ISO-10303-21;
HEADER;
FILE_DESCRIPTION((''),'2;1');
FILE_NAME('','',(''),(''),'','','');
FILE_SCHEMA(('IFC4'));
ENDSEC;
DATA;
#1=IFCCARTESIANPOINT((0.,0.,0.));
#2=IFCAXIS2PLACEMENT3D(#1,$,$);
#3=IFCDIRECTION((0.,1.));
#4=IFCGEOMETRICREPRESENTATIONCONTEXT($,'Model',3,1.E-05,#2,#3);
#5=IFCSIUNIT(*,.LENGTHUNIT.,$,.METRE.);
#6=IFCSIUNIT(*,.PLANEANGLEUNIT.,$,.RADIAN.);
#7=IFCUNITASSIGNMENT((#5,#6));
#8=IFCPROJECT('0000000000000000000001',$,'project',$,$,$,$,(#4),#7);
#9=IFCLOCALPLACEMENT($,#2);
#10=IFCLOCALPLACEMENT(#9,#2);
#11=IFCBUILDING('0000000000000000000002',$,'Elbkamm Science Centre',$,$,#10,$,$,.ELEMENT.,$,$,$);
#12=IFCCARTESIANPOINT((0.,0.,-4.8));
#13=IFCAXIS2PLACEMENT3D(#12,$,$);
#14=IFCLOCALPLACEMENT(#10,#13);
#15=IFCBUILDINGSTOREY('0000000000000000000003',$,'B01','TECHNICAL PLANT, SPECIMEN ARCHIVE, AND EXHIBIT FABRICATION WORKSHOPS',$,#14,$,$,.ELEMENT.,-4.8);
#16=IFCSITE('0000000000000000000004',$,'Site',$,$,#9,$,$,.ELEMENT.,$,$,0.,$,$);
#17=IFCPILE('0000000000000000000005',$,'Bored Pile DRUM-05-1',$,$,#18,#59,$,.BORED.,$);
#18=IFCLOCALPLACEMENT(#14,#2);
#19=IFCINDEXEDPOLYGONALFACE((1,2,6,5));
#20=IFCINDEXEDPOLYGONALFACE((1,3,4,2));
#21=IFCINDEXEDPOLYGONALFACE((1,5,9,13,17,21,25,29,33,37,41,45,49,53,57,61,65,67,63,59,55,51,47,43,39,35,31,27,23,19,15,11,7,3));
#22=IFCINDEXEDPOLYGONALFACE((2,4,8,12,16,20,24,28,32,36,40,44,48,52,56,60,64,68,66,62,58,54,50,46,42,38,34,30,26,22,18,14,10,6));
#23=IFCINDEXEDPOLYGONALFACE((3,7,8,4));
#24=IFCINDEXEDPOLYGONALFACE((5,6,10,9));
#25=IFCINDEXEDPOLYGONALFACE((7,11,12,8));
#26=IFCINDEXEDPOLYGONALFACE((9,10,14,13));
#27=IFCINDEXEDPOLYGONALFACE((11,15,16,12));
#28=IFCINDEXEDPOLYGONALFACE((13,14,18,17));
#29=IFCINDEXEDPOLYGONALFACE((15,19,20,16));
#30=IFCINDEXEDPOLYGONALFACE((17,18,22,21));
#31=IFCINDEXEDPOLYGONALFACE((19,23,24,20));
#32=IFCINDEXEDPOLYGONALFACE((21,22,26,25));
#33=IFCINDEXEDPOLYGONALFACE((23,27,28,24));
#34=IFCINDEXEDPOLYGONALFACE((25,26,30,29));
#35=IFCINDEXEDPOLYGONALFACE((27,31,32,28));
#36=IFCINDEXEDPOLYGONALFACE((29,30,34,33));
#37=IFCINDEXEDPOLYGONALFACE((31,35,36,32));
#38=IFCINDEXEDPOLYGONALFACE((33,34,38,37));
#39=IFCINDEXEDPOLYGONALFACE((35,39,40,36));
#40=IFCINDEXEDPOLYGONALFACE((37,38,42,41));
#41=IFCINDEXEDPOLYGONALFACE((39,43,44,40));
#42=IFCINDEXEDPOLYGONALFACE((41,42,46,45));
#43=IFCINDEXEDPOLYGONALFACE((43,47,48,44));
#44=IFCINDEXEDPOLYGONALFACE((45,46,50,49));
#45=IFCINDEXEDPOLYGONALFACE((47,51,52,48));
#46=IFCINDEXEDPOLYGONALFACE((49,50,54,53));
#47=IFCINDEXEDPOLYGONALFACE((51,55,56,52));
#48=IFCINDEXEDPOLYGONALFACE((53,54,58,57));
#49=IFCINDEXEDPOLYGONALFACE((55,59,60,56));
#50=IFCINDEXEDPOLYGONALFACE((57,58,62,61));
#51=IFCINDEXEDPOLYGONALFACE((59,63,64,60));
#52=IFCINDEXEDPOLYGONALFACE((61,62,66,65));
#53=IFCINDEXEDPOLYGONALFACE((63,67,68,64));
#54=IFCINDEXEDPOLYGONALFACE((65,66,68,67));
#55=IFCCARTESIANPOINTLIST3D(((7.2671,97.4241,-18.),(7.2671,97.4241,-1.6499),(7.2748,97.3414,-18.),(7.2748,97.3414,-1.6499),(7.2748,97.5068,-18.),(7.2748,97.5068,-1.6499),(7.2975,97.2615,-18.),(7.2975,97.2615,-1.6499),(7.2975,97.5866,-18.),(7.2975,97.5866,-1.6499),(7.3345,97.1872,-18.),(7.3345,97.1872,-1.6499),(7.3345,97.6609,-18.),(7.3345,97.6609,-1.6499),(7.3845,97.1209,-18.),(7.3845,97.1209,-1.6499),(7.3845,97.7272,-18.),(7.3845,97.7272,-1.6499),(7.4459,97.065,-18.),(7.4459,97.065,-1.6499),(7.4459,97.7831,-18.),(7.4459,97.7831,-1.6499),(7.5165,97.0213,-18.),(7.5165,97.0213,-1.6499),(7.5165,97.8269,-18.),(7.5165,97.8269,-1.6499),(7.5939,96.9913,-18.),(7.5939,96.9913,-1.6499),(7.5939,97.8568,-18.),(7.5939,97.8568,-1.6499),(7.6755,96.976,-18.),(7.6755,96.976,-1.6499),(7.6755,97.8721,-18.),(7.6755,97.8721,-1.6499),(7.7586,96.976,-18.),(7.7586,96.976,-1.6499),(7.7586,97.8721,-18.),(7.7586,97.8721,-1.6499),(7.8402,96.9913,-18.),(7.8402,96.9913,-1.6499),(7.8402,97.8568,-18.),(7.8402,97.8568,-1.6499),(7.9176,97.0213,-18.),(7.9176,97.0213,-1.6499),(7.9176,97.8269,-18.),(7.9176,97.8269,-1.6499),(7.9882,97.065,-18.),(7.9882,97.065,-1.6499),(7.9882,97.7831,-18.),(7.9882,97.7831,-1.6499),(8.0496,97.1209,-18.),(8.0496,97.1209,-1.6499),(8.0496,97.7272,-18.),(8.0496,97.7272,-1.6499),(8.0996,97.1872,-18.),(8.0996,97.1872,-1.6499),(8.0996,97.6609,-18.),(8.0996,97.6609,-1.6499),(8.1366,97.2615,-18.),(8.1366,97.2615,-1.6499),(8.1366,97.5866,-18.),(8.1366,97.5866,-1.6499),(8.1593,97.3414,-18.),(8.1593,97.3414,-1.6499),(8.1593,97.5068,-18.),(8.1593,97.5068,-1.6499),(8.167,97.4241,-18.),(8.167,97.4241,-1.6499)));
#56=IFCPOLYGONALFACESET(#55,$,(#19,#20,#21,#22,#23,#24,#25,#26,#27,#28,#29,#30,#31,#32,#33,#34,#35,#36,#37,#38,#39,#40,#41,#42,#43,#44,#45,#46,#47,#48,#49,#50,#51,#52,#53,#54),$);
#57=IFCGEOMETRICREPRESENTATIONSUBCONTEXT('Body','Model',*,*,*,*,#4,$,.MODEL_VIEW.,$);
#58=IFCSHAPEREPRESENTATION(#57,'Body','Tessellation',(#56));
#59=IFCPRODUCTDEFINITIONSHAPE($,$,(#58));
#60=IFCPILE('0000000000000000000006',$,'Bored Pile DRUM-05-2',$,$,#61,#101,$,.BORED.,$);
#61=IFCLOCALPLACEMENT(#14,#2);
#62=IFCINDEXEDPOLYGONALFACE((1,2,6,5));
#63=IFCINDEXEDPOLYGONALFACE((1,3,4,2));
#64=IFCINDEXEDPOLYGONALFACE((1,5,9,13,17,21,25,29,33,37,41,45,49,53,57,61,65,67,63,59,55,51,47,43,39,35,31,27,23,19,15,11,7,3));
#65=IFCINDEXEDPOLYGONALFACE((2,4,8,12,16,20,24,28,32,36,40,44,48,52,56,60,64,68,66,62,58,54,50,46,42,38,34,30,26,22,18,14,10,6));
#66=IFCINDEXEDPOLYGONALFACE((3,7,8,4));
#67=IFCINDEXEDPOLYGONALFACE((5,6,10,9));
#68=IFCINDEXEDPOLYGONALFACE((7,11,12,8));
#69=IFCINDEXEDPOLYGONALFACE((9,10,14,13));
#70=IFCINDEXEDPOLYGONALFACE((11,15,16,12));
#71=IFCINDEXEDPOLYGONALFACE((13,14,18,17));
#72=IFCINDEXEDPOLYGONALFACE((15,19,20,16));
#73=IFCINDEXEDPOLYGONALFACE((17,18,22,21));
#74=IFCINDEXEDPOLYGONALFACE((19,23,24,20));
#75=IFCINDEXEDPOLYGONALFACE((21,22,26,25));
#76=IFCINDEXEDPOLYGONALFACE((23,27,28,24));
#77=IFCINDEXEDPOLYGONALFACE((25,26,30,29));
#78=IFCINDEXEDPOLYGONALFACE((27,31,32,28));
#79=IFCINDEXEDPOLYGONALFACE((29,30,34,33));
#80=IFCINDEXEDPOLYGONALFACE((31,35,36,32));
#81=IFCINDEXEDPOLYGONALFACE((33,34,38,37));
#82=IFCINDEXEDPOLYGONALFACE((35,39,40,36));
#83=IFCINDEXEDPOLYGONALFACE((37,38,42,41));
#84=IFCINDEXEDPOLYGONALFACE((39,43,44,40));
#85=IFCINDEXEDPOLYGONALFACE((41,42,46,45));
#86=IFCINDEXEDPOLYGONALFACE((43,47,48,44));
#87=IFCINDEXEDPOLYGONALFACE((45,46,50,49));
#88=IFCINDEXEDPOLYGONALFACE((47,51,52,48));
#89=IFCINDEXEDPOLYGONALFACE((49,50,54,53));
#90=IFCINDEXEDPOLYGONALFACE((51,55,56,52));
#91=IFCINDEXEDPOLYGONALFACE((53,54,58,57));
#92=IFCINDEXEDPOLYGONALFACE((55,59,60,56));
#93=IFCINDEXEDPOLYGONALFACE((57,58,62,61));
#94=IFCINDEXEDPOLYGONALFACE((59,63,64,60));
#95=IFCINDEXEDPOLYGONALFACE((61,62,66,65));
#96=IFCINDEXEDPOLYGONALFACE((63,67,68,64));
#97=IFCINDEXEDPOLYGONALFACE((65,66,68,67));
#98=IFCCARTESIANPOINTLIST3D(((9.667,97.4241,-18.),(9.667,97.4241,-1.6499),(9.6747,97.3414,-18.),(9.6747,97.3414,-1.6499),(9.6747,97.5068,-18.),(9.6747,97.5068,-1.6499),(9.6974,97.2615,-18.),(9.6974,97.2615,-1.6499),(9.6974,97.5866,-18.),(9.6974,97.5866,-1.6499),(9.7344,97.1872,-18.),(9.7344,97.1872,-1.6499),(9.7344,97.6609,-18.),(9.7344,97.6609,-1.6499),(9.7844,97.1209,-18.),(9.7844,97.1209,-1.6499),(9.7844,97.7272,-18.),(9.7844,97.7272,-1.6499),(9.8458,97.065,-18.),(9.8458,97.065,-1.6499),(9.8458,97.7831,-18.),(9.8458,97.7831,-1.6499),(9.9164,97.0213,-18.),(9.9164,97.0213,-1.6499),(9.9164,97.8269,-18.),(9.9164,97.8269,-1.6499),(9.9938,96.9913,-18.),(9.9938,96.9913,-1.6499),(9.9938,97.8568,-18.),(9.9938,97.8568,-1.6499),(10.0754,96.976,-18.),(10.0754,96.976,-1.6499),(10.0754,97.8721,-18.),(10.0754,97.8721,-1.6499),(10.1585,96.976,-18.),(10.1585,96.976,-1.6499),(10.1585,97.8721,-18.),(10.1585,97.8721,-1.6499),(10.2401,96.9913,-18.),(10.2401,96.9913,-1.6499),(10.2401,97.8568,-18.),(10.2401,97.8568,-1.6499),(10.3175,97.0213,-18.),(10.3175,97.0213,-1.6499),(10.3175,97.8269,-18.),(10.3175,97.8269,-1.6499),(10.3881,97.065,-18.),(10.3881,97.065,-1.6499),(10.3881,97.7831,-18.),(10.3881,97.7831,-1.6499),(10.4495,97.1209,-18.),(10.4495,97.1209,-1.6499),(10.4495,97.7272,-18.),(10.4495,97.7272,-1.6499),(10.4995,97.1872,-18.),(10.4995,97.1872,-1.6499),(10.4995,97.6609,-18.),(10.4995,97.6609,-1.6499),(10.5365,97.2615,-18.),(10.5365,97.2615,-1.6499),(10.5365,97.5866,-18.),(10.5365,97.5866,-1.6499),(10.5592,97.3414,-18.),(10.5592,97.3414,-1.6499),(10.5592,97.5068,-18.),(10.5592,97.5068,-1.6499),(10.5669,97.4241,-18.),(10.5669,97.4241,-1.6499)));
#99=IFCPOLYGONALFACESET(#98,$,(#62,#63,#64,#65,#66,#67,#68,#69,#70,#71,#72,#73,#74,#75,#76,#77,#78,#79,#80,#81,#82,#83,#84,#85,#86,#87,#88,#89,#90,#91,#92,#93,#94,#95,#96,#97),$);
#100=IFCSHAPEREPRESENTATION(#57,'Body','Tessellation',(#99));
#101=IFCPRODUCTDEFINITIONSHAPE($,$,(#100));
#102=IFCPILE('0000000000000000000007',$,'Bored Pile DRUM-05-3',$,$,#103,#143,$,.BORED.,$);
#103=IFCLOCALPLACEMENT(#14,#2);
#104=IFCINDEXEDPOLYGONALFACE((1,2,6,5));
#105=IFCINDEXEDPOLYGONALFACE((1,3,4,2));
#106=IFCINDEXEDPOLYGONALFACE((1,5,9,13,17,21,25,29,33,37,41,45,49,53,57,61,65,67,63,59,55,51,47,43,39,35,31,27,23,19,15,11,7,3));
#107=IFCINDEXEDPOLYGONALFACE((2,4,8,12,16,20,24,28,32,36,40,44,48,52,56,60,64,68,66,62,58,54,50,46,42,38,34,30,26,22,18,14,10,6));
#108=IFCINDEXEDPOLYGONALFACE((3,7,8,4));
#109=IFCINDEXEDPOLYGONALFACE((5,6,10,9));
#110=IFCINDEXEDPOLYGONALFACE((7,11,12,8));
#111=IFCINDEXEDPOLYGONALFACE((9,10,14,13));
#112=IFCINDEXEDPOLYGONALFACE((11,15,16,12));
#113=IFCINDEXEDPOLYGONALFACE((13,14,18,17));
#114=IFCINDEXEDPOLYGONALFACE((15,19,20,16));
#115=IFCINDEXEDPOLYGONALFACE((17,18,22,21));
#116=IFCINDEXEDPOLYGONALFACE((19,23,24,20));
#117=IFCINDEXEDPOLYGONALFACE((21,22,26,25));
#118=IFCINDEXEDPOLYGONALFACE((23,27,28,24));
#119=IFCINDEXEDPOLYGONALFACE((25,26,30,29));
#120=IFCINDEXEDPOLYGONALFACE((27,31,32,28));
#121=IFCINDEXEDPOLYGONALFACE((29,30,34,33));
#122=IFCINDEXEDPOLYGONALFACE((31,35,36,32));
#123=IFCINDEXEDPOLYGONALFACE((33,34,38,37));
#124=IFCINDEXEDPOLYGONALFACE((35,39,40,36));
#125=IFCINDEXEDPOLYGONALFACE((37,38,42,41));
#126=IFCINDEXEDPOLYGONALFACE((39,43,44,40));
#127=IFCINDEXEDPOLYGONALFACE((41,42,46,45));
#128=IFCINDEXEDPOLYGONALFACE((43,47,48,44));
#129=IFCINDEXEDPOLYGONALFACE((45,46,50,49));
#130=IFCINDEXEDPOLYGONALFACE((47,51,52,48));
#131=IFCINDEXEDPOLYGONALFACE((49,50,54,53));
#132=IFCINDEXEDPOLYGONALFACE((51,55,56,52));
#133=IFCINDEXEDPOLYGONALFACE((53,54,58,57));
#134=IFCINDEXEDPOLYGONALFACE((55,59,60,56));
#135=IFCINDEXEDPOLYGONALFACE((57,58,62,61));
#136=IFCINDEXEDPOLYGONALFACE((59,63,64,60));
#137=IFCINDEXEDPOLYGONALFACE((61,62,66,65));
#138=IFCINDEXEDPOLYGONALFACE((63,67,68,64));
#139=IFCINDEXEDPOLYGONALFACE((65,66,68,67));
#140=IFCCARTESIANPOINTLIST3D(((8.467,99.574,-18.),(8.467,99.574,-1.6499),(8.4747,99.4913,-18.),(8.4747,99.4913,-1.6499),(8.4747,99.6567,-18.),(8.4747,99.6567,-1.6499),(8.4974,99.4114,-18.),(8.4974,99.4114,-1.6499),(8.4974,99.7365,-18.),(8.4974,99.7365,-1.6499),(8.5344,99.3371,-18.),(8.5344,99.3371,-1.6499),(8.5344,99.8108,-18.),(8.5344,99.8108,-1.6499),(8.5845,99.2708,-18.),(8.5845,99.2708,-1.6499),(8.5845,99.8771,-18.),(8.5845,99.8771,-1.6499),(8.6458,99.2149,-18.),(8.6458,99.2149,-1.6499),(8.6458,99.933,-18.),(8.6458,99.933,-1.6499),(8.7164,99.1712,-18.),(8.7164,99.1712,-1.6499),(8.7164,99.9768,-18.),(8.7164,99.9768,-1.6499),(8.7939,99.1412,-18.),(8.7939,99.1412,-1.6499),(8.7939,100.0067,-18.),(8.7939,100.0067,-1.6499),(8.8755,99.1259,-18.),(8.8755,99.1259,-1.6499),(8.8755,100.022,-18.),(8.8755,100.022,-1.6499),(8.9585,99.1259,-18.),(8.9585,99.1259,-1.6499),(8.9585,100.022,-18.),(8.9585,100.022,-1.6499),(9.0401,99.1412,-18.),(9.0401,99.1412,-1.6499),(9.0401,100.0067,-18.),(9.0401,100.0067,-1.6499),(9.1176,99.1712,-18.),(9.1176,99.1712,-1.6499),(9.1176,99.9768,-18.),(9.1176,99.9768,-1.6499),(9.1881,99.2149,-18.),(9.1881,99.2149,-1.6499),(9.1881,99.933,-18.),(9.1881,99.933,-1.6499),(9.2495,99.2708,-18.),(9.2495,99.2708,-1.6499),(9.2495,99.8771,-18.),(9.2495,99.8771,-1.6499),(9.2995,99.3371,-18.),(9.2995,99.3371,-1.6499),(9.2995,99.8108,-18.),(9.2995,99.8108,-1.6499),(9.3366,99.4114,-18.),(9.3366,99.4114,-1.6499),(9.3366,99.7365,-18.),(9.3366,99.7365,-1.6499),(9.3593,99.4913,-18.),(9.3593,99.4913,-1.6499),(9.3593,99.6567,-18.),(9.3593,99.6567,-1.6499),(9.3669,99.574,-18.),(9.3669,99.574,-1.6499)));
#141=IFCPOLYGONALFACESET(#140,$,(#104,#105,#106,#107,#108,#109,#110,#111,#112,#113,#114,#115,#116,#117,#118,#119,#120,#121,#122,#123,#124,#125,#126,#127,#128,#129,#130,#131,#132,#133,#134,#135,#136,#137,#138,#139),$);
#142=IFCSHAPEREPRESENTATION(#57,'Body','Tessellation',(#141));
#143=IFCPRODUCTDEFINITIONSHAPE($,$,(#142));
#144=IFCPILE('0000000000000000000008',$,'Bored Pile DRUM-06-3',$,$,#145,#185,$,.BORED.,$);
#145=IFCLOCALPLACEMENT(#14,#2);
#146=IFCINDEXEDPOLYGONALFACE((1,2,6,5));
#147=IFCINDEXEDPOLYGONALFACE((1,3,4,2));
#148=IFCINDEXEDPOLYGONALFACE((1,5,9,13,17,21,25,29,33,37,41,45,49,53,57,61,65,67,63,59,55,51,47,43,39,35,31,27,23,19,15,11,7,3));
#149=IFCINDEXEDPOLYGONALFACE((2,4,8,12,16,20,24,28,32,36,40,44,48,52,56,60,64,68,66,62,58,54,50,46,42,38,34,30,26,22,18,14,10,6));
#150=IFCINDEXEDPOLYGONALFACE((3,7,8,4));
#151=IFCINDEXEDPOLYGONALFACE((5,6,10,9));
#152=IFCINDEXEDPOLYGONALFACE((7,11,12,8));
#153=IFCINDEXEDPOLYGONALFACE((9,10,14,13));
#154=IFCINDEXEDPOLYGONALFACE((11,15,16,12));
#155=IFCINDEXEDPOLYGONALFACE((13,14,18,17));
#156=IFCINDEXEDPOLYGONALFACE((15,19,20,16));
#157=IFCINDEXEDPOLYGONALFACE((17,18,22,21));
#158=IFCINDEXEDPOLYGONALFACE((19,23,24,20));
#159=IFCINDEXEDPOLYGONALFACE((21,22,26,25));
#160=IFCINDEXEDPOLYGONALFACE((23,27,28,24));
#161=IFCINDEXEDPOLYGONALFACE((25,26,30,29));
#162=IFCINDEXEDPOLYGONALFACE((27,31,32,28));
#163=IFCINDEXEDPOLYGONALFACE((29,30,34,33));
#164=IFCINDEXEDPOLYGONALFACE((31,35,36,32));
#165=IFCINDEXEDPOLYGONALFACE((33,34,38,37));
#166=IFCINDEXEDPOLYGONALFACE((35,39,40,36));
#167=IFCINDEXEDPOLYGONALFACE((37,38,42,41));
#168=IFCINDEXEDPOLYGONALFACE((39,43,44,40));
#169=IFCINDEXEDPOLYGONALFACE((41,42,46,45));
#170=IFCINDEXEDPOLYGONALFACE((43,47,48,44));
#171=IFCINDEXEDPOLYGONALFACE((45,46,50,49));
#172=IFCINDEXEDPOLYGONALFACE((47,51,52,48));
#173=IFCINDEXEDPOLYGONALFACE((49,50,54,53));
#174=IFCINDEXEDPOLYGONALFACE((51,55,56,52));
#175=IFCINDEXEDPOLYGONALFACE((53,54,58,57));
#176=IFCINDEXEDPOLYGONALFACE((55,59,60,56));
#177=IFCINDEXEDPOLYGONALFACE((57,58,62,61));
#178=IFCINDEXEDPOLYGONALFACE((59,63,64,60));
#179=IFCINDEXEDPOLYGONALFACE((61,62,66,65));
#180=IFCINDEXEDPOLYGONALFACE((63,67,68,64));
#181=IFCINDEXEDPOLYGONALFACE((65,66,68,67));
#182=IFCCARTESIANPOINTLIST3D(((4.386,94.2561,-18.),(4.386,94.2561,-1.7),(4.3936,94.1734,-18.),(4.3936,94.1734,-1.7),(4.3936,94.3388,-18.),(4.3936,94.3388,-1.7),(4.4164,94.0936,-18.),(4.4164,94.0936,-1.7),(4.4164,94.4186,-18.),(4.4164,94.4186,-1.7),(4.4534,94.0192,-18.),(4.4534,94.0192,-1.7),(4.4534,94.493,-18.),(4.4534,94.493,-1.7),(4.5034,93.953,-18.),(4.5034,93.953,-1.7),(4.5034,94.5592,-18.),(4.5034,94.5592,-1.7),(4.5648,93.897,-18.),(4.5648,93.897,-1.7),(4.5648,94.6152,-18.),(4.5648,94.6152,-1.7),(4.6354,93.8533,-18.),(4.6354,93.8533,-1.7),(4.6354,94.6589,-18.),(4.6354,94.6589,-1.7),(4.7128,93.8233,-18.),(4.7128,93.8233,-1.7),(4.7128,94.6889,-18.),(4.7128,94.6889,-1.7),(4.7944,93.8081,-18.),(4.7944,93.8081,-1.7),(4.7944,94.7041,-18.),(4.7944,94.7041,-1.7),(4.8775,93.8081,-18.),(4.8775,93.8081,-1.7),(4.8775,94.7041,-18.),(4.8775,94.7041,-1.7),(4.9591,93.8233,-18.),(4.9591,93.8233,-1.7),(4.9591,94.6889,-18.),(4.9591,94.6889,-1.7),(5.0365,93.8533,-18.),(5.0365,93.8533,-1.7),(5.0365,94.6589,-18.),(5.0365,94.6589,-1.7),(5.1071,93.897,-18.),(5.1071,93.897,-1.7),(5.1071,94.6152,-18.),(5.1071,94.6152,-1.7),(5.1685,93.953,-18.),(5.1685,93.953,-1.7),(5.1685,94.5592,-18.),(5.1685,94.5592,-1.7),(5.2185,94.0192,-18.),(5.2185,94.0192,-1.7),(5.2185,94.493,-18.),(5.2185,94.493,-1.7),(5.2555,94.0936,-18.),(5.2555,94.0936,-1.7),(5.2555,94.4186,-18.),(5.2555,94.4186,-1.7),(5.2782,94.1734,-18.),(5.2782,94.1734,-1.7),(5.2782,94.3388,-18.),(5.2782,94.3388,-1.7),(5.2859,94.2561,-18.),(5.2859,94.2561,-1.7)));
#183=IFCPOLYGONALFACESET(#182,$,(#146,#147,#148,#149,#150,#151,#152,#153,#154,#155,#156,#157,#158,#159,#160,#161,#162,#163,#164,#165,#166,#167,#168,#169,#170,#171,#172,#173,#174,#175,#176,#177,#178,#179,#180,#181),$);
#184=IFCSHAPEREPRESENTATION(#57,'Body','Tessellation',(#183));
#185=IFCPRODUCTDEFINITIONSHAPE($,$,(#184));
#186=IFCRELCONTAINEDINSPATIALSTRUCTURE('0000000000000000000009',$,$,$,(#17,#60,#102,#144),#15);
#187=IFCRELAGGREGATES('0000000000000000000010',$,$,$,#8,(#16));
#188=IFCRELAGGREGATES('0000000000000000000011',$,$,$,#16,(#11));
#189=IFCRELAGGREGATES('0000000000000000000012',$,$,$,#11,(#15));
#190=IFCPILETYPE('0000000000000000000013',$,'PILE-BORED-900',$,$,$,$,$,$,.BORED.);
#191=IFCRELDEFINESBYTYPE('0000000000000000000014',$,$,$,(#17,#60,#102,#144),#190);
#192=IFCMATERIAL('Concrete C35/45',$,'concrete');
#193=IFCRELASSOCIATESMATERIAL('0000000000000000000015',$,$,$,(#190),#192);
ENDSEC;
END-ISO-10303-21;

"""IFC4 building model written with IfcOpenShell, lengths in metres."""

from ifc_helpers import new_model, si_unit, direction, frame, origin, origin_2d, place, context, subcontext, project, spatial, circle, extrude, material, material_profile, profile_set, type_object, element, save


model = new_model("IFC4")

# Units and contexts
model_context = context("Model", 3, precision=1e-05, world=origin(), true_north=direction((0.0, 1.0)))
body_context = subcontext(model_context, "Body", "Model", "MODEL_VIEW")
ifc_project = project(units=[si_unit("LENGTHUNIT", "METRE"), si_unit("PLANEANGLEUNIT", "RADIAN")], contexts=[model_context])

# Site, building, storey
site_placement = place(None, origin())
site = spatial("IfcSite", under=ifc_project, at=site_placement, Name="Site", CompositionType="ELEMENT", RefElevation=0.0)
building_placement = place(site_placement, origin())
building = spatial("IfcBuilding", under=site, at=building_placement, Name="Elbkamm Science Centre", CompositionType="ELEMENT")
storey_placement = place(building_placement, frame((0.0, 0.0, -4.8)))
storey = spatial("IfcBuildingStorey", under=building, at=storey_placement, Name="B01", Description="TECHNICAL PLANT, SPECIMEN ARCHIVE, AND EXHIBIT FABRICATION WORKSHOPS", CompositionType="ELEMENT", Elevation=-4.8)

# Shared definitions
ifc_material_1 = material(Name="Concrete C35/45", Category="concrete")

# Piles
ifc_material_profile_1 = material_profile(ifc_material_1, circle(Radius=0.45, at=origin_2d()), Name="PILE D900")
ifc_profile_set_1 = profile_set([ifc_material_profile_1], Name="Concrete C35/45")
pile_type = type_object("IfcPileType", Name="PILE-BORED-900", PredefinedType="BORED", material=ifc_profile_set_1)
for number, where, z_axis, x_axis, name in (
    (1, (7.717, 97.4241, -1.6499), (0.0, 0.0, -1.0), (1.0, 0.0, 0.0), "Bored Pile DRUM-05-1"),
    (2, (10.1169, 97.4241, -1.6499), (0.0, 0.0, -1.0), (1.0, 0.0, 0.0), "Bored Pile DRUM-05-2"),
    (3, (8.917, 99.574, -1.6499), (0.0, 0.0, -1.0), (1.0, 0.0, 0.0), "Bored Pile DRUM-05-3"),
):
    element("IfcPile", number, at=place(storey_placement, frame(where, z_axis=z_axis, x_axis=x_axis)), inside=storey, type_object=pile_type, Name=name, PredefinedType="BORED", context=body_context, shape_type="SweptSolid", body=[
        extrude(circle(Radius=0.45, at=origin_2d()), origin(), (0.0, 0.0, 1.0), 16.3501),
    ])
pile_1_placement = place(storey_placement, frame((4.8359, 94.2561, -1.7), z_axis=(0.0, 0.0, -1.0), x_axis=(1.0, 0.0, 0.0)))
element("IfcPile", 4, at=pile_1_placement, inside=storey, type_object=pile_type, Name="Bored Pile DRUM-06-3", PredefinedType="BORED", context=body_context, shape_type="SweptSolid", body=[
    extrude(circle(Radius=0.45, at=origin_2d()), origin(), (0.0, 0.0, 1.0), 16.3),
])

save(model, "model.ifc")
